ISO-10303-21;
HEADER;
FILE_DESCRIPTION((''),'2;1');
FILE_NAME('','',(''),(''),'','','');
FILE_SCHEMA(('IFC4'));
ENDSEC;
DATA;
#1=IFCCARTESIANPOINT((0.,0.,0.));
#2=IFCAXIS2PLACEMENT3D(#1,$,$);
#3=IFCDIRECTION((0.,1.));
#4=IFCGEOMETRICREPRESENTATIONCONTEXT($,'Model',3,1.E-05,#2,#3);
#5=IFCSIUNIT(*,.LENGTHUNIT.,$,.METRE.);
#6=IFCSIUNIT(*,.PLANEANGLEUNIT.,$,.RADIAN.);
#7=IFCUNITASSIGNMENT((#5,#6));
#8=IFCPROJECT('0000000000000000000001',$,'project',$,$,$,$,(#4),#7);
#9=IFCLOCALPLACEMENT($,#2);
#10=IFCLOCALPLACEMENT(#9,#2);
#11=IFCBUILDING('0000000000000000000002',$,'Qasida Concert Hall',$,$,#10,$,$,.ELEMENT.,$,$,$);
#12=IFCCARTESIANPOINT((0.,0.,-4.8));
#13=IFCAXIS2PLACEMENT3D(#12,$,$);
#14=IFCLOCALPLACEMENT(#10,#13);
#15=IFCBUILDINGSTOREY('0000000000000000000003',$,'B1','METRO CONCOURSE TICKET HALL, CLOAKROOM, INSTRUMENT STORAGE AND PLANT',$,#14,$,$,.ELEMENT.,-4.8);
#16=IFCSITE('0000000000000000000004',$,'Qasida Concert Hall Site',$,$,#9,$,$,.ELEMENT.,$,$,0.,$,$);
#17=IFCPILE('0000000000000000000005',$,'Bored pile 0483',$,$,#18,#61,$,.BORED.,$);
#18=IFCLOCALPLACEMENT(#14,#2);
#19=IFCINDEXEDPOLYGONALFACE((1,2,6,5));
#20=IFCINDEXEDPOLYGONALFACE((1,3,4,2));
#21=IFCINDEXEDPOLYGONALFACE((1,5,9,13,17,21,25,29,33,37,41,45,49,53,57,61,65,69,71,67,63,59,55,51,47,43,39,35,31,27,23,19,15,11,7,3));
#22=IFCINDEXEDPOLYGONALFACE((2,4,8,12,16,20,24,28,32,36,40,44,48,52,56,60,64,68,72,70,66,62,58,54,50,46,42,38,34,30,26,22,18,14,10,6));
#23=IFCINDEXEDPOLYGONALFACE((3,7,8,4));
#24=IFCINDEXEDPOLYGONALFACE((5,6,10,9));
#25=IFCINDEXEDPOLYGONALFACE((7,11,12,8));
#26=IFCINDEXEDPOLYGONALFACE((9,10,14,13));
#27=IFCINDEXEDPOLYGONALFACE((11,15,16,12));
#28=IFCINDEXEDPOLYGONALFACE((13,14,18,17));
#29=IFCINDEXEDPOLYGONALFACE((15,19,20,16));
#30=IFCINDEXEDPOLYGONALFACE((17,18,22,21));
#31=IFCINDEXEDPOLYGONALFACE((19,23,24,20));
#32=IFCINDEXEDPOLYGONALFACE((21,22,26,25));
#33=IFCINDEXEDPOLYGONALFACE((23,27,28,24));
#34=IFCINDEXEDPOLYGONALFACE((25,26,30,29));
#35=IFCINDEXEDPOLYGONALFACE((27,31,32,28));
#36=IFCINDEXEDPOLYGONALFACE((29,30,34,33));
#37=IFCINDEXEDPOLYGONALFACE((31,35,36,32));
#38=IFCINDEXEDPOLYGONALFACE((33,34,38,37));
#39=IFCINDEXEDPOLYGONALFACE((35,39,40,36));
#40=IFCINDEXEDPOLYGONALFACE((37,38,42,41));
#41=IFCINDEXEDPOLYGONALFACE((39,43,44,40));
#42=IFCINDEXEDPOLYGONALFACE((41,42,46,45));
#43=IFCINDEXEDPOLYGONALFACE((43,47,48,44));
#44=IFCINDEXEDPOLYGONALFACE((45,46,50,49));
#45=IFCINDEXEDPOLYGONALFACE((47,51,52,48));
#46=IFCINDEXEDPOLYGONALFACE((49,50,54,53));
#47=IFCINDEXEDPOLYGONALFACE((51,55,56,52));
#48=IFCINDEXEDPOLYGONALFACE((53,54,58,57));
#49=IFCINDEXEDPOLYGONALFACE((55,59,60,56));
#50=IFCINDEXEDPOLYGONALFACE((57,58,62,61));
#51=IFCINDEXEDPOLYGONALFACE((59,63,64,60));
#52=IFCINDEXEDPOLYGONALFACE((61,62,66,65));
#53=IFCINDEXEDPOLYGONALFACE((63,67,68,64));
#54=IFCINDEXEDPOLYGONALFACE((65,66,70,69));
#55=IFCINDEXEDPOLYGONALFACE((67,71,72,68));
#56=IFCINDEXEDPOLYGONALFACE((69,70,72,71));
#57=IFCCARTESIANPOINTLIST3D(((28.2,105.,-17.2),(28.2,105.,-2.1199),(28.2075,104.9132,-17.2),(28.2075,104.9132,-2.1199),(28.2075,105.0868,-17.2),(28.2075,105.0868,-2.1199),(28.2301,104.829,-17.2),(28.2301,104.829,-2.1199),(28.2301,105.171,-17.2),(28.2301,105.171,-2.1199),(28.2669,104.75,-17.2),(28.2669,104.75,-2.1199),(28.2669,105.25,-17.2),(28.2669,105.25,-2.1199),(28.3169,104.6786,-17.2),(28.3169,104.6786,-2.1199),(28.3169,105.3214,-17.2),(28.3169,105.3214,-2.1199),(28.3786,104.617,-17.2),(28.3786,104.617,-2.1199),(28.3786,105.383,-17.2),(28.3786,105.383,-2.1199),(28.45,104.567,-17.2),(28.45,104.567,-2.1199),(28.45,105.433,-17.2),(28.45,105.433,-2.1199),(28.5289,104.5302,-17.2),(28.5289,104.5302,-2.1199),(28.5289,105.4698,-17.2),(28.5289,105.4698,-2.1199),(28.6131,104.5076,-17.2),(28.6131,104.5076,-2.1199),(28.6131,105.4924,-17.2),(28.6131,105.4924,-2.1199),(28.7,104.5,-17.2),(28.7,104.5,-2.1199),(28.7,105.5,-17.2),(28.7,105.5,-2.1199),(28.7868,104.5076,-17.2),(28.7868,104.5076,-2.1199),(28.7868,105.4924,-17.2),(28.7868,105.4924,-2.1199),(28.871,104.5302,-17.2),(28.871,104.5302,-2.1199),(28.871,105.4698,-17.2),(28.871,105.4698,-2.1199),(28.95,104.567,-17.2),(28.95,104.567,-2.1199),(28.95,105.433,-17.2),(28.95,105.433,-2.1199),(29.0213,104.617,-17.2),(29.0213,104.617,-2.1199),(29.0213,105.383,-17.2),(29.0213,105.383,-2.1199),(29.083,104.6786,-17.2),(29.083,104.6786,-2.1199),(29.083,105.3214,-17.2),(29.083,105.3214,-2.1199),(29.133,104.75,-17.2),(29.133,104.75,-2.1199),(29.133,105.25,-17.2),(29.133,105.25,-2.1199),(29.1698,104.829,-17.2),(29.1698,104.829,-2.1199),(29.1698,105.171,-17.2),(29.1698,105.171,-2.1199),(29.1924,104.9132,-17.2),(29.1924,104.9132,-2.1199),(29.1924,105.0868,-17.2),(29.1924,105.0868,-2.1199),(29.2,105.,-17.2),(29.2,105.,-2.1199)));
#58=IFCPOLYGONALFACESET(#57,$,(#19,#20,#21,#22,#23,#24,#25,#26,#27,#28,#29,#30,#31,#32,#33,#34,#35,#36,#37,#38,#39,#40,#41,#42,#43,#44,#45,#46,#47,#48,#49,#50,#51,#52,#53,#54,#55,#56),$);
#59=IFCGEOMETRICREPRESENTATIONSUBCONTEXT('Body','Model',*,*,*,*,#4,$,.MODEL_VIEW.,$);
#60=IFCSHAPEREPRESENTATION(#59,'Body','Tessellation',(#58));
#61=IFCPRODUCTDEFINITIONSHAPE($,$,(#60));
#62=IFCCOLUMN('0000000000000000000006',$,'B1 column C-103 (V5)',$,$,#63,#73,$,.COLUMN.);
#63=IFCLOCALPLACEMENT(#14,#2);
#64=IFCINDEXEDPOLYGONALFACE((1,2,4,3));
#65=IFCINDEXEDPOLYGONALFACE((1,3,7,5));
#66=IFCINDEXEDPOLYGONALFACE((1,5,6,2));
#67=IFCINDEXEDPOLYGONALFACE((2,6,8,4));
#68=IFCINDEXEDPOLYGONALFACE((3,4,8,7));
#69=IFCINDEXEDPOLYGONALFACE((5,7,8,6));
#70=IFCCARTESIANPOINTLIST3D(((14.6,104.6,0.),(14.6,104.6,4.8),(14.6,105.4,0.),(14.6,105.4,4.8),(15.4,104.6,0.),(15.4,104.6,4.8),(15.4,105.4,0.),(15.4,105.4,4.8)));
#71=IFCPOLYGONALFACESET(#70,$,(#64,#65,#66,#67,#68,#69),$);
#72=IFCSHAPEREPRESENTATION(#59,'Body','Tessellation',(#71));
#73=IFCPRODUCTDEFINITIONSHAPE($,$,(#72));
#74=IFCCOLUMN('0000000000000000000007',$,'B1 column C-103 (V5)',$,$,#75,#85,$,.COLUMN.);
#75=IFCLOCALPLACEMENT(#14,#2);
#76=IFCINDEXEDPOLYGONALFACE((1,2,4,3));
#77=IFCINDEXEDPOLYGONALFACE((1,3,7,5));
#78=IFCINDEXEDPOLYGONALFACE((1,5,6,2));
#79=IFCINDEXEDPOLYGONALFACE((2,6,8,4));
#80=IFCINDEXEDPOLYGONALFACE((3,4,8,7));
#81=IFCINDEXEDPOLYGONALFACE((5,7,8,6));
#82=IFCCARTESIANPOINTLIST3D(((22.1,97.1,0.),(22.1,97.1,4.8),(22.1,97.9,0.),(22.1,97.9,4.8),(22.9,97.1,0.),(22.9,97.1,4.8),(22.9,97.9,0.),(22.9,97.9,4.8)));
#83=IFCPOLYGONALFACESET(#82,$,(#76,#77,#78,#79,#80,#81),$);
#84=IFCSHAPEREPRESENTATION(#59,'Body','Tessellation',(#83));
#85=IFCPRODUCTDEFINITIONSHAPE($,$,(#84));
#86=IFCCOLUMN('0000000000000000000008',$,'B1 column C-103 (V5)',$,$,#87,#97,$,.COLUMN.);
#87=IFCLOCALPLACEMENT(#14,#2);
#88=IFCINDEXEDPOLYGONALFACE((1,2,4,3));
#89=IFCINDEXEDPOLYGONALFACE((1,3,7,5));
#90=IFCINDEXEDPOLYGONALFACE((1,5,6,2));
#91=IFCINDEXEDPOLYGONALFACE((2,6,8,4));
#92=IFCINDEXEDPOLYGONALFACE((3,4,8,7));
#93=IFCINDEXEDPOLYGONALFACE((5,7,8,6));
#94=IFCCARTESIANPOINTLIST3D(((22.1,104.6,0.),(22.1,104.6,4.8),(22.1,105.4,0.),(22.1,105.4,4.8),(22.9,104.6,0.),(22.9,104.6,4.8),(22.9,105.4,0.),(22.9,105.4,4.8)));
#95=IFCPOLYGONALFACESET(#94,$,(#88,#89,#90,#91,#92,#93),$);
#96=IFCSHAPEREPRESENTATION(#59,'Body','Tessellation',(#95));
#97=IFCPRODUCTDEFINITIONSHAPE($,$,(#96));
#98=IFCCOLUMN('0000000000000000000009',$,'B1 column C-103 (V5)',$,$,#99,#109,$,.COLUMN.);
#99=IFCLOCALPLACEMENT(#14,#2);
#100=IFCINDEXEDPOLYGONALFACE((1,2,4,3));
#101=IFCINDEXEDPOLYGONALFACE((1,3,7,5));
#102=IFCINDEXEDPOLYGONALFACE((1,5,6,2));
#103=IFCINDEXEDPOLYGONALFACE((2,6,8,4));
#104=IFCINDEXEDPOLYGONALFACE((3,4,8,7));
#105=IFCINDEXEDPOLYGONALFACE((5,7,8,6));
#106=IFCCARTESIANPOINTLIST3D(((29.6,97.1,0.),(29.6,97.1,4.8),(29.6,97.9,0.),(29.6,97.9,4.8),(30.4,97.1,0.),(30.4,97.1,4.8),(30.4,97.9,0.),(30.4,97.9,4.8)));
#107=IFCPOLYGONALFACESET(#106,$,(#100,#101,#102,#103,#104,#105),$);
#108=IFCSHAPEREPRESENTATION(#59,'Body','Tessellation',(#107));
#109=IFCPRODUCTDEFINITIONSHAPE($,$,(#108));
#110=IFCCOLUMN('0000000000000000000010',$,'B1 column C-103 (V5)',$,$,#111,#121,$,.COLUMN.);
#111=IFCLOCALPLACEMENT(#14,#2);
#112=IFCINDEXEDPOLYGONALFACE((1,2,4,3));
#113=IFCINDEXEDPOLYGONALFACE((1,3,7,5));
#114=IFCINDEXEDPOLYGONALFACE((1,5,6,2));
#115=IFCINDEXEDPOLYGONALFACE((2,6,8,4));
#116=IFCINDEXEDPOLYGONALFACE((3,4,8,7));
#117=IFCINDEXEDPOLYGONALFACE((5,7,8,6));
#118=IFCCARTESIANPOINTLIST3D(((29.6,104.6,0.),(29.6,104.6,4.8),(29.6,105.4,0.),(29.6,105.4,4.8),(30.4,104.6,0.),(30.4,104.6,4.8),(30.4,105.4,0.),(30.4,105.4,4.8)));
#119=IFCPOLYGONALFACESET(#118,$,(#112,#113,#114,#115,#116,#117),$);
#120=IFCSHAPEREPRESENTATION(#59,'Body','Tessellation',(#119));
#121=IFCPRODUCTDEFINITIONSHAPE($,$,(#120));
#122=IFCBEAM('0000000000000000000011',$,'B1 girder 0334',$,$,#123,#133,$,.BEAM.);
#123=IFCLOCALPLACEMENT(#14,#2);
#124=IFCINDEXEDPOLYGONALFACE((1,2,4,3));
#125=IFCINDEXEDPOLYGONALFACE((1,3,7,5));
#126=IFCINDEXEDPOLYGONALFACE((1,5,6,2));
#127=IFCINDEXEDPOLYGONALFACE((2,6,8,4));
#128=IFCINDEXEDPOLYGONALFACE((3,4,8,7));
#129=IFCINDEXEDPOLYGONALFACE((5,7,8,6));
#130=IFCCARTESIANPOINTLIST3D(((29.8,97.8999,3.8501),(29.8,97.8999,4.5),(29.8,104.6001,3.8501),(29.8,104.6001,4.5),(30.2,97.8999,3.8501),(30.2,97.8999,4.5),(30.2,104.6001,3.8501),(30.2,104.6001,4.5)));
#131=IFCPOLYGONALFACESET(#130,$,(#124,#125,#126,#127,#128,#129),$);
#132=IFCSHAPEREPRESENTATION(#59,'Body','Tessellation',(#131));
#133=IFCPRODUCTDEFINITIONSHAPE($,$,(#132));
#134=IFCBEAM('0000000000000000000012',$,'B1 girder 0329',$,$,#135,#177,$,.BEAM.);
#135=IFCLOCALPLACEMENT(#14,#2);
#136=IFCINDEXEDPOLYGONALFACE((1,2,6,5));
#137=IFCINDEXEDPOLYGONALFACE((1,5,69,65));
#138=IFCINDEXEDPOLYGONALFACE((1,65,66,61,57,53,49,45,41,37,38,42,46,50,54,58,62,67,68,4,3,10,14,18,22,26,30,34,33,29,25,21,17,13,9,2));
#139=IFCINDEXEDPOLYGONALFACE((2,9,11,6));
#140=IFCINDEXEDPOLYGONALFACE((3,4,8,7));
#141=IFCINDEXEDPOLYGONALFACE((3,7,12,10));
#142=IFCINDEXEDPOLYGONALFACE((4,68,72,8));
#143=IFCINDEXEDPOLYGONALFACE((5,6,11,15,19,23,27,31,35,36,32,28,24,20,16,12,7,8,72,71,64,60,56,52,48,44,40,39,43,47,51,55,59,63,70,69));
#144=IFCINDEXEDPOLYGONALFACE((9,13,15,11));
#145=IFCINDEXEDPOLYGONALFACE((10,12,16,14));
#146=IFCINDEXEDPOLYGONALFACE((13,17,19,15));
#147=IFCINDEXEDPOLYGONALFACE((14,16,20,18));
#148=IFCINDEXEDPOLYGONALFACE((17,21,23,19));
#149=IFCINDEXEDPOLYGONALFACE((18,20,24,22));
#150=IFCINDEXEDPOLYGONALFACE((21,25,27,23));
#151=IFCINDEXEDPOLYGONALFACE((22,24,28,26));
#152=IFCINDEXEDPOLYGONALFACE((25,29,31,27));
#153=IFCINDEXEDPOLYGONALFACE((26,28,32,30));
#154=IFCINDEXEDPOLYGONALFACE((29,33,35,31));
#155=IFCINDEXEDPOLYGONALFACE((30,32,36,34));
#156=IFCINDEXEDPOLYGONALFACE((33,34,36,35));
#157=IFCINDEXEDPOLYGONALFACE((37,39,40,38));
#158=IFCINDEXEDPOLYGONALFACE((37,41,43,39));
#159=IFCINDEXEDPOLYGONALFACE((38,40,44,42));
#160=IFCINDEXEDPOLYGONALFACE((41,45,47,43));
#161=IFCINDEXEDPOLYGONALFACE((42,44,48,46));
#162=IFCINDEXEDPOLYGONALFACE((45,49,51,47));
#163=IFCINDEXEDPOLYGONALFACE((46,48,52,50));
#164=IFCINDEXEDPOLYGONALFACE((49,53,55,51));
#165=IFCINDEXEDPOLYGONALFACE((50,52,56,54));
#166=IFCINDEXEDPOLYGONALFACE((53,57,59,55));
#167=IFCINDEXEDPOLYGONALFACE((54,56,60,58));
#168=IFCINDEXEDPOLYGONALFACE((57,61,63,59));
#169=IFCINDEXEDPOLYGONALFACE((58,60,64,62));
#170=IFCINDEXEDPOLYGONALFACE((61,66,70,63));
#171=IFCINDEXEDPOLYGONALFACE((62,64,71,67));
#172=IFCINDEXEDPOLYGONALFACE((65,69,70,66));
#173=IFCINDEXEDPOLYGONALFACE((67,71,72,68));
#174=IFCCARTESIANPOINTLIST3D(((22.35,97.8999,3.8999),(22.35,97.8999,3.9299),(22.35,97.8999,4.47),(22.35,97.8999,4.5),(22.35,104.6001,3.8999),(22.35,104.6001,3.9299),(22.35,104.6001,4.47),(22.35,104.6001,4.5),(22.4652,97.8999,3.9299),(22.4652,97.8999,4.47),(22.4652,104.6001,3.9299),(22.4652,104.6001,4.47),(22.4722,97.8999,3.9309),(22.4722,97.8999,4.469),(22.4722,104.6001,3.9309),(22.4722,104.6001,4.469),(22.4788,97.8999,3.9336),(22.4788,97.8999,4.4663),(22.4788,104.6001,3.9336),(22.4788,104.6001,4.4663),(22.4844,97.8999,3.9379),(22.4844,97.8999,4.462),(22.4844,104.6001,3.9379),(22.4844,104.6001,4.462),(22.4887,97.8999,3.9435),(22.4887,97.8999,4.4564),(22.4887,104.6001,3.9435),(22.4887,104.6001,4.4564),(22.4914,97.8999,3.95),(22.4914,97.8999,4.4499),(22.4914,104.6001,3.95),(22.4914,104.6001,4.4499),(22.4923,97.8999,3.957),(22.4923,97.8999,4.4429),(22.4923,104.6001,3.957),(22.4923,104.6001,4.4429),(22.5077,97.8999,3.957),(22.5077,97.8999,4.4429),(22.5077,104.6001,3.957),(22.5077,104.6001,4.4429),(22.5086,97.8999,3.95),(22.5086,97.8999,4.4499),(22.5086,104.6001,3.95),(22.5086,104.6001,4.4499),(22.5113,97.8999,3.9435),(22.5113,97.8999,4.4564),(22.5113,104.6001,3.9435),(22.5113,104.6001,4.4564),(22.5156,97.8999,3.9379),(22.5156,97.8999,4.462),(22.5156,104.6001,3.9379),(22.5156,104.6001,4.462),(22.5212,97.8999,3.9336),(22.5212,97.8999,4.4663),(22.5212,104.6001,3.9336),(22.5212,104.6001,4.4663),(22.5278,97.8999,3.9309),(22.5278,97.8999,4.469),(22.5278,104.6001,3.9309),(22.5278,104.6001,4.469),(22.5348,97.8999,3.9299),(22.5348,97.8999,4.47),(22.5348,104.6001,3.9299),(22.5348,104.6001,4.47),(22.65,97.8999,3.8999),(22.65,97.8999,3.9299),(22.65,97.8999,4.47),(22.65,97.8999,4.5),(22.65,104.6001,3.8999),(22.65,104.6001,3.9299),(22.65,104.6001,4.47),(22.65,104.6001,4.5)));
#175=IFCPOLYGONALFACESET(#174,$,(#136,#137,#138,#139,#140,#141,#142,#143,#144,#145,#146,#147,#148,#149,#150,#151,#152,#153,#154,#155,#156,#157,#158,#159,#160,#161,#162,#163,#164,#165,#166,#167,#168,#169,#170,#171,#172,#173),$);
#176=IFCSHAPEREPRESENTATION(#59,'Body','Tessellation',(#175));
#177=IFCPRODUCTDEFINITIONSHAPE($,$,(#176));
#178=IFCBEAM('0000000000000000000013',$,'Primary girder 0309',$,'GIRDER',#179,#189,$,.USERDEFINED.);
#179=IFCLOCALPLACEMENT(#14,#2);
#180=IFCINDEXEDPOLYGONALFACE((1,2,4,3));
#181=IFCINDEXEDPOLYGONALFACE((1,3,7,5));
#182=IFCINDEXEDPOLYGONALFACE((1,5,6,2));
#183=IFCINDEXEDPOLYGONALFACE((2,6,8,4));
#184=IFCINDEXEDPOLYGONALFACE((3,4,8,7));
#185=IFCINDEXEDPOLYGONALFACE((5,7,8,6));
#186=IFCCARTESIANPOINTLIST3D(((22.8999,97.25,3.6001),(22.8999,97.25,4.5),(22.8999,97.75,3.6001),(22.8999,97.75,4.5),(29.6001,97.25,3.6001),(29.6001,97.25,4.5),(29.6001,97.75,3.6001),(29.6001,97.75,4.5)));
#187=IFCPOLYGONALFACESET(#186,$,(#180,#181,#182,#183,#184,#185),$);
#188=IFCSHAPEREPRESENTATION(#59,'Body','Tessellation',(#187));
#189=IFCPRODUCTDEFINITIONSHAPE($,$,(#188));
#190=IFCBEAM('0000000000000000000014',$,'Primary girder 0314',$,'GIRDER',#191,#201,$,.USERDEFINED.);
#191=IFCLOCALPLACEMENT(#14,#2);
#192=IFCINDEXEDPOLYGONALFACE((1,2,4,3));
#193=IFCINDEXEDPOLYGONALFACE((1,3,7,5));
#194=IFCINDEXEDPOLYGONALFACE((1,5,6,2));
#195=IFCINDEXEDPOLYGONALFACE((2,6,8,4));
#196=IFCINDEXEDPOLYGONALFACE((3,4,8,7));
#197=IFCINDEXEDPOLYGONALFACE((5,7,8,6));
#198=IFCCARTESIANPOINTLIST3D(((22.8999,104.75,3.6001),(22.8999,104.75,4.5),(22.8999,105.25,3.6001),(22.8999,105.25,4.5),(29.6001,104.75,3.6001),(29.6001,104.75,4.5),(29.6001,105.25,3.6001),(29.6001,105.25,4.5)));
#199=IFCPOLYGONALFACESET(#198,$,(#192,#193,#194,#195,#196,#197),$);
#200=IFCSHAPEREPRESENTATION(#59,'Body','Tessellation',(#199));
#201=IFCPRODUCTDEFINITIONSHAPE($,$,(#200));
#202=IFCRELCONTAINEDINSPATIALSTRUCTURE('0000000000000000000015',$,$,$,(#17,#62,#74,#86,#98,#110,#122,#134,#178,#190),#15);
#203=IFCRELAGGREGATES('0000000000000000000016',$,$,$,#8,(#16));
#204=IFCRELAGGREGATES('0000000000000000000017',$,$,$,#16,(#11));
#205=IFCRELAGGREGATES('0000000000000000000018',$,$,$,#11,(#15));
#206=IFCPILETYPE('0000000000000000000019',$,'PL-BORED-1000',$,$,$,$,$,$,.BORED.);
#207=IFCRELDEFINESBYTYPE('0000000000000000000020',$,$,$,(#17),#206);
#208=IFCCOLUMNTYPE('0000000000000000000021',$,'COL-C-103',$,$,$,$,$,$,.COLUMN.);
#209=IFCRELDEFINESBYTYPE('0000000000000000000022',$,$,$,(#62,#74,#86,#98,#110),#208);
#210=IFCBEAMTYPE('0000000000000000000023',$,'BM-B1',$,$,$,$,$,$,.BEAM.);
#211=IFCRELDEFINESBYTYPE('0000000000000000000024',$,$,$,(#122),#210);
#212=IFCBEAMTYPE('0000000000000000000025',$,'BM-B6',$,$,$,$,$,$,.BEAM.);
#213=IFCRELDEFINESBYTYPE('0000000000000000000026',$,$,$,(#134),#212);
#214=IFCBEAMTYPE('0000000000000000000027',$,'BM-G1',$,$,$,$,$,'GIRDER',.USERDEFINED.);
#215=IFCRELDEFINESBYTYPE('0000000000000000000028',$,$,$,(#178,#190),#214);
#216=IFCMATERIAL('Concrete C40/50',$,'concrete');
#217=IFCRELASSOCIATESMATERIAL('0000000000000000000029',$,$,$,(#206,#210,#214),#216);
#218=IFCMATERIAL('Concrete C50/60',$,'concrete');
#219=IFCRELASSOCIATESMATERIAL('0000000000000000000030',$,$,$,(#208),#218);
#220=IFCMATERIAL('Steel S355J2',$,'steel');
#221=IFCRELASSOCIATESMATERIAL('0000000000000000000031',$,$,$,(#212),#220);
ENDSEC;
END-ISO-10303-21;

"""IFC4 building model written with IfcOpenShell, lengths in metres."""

from ifc_helpers import new_model, si_unit, direction, frame, origin, origin_2d, place, context, subcontext, project, spatial, rectangle, circle, i_section, extrude, material, material_profile, profile_set, type_object, element, save


model = new_model("IFC4")

# Units and contexts
model_context = context("Model", 3, precision=1e-05, world=origin(), true_north=direction((0.0, 1.0)))
body_context = subcontext(model_context, "Body", "Model", "MODEL_VIEW")
ifc_project = project(units=[si_unit("LENGTHUNIT", "METRE"), si_unit("PLANEANGLEUNIT", "RADIAN")], contexts=[model_context])

# Site, building, storey
site_placement = place(None, origin())
site = spatial("IfcSite", under=ifc_project, at=site_placement, Name="Qasida Concert Hall Site", CompositionType="ELEMENT", RefElevation=0.0)
building_placement = place(site_placement, origin())
building = spatial("IfcBuilding", under=site, at=building_placement, Name="Qasida Concert Hall", CompositionType="ELEMENT")
storey_placement = place(building_placement, frame((0.0, 0.0, -4.8)))
storey = spatial("IfcBuildingStorey", under=building, at=storey_placement, Name="B1", Description="METRO CONCOURSE TICKET HALL, CLOAKROOM, INSTRUMENT STORAGE AND PLANT", CompositionType="ELEMENT", Elevation=-4.8)

# Shared definitions
ifc_material_1 = material(Name="Concrete C40/50", Category="concrete")

# Pile
ifc_material_profile_1 = material_profile(ifc_material_1, circle(Radius=0.5, at=origin_2d()), Name="BORED PILE D1000")
ifc_profile_set_1 = profile_set([ifc_material_profile_1], Name="Concrete C40/50")
pile_type = type_object("IfcPileType", Name="PL-BORED-1000", PredefinedType="BORED", material=ifc_profile_set_1)
pile_1_placement = place(storey_placement, frame((28.7, 105.0, -2.1199), z_axis=(0.0, 0.0, -1.0), x_axis=(1.0, 0.0, 0.0)))
element("IfcPile", 1, at=pile_1_placement, inside=storey, type_object=pile_type, Name="Bored pile 0483", PredefinedType="BORED", context=body_context, shape_type="SweptSolid", body=[
    extrude(circle(Radius=0.5, at=origin_2d()), origin(), (0.0, 0.0, 1.0), 15.0801),
])

# Columns
ifc_material_2 = material(Name="Concrete C50/60", Category="concrete")
ifc_material_profile_2 = material_profile(ifc_material_2, rectangle(XDim=0.8, YDim=0.8, at=origin_2d()), Name="RC 800x800")
ifc_profile_set_2 = profile_set([ifc_material_profile_2], Name="Concrete C50/60")
column_type = type_object("IfcColumnType", Name="COL-C-103", PredefinedType="COLUMN", material=ifc_profile_set_2)
for number, where, z_axis, x_axis, name in (
    (2, (15.0, 105.0, 0.0), (0.0, 0.0, 1.0), (1.0, 0.0, 0.0), "B1 column C-103 (V5)"),
    (3, (22.5, 97.5, 0.0), (0.0, 0.0, 1.0), (1.0, 0.0, 0.0), "B1 column C-103 (V5)"),
    (4, (22.5, 105.0, 0.0), (0.0, 0.0, 1.0), (1.0, 0.0, 0.0), "B1 column C-103 (V5)"),
    (5, (30.0, 97.5, 0.0), (0.0, 0.0, 1.0), (1.0, 0.0, 0.0), "B1 column C-103 (V5)"),
    (6, (30.0, 105.0, 0.0), (0.0, 0.0, 1.0), (1.0, 0.0, 0.0), "B1 column C-103 (V5)"),
):
    element("IfcColumn", number, at=place(storey_placement, frame(where, z_axis=z_axis, x_axis=x_axis)), inside=storey, type_object=column_type, Name=name, PredefinedType="COLUMN", context=body_context, shape_type="SweptSolid", body=[
        extrude(rectangle(XDim=0.8, YDim=0.8, at=origin_2d()), origin(), (0.0, 0.0, 1.0), 4.8),
    ])

# Beams
ifc_material_profile_3 = material_profile(ifc_material_1, rectangle(XDim=0.3999, YDim=0.6499, at=origin_2d()), Name="RC 400x650")
ifc_profile_set_3 = profile_set([ifc_material_profile_3], Name="Concrete C40/50")
beam_type_1 = type_object("IfcBeamType", Name="BM-B1", PredefinedType="BEAM", material=ifc_profile_set_3)
beam_1_placement = place(storey_placement, frame((30.0, 97.8999, 4.175), z_axis=(0.0, 1.0, 0.0), x_axis=(-1.0, 0.0, 0.0)))
element("IfcBeam", 7, at=beam_1_placement, inside=storey, type_object=beam_type_1, Name="B1 girder 0334", PredefinedType="BEAM", context=body_context, shape_type="SweptSolid", body=[
    extrude(rectangle(XDim=0.3999, YDim=0.6499, at=origin_2d()), origin(), (0.0, 0.0, 1.0), 6.7002),
])
ifc_material_3 = material(Name="Steel S355J2", Category="steel")
ifc_material_profile_4 = material_profile(ifc_material_3, i_section(OverallWidth=0.3, OverallDepth=0.6001, WebThickness=0.0154, FlangeThickness=0.03, FilletRadius=0.0271, at=origin_2d()), Name="HEB 600")
ifc_profile_set_4 = profile_set([ifc_material_profile_4], Name="Steel S355J2")
beam_type_2 = type_object("IfcBeamType", Name="BM-B6", PredefinedType="BEAM", material=ifc_profile_set_4)
beam_2_placement = place(storey_placement, frame((22.5, 97.8999, 4.2), z_axis=(0.0, 1.0, 0.0), x_axis=(-1.0, 0.0, 0.0)))
element("IfcBeam", 8, at=beam_2_placement, inside=storey, type_object=beam_type_2, Name="B1 girder 0329", PredefinedType="BEAM", context=body_context, shape_type="SweptSolid", body=[
    extrude(i_section(OverallWidth=0.3, OverallDepth=0.6001, WebThickness=0.0154, FlangeThickness=0.03, FilletRadius=0.0271, at=origin_2d()), origin(), (0.0, 0.0, 1.0), 6.7002),
])
ifc_material_profile_5 = material_profile(ifc_material_1, rectangle(XDim=0.5, YDim=0.8999, at=origin_2d()), Name="RC 500x900")
ifc_profile_set_5 = profile_set([ifc_material_profile_5], Name="Concrete C40/50")
beam_type_3 = type_object("IfcBeamType", Name="BM-G1", ElementType="GIRDER", PredefinedType="USERDEFINED", material=ifc_profile_set_5)
for number, where, z_axis, x_axis, name in (
    (9, (22.8999, 97.5, 4.05), (1.0, 0.0, 0.0), (0.0, 1.0, 0.0), "Primary girder 0309"),
    (10, (22.8999, 105.0, 4.05), (1.0, 0.0, 0.0), (0.0, 1.0, 0.0), "Primary girder 0314"),
):
    element("IfcBeam", number, at=place(storey_placement, frame(where, z_axis=z_axis, x_axis=x_axis)), inside=storey, type_object=beam_type_3, Name=name, ObjectType="GIRDER", PredefinedType="USERDEFINED", context=body_context, shape_type="SweptSolid", body=[
        extrude(rectangle(XDim=0.5, YDim=0.8999, at=origin_2d()), origin(), (0.0, 0.0, 1.0), 6.7002),
    ])

save(model, "model.ifc")
